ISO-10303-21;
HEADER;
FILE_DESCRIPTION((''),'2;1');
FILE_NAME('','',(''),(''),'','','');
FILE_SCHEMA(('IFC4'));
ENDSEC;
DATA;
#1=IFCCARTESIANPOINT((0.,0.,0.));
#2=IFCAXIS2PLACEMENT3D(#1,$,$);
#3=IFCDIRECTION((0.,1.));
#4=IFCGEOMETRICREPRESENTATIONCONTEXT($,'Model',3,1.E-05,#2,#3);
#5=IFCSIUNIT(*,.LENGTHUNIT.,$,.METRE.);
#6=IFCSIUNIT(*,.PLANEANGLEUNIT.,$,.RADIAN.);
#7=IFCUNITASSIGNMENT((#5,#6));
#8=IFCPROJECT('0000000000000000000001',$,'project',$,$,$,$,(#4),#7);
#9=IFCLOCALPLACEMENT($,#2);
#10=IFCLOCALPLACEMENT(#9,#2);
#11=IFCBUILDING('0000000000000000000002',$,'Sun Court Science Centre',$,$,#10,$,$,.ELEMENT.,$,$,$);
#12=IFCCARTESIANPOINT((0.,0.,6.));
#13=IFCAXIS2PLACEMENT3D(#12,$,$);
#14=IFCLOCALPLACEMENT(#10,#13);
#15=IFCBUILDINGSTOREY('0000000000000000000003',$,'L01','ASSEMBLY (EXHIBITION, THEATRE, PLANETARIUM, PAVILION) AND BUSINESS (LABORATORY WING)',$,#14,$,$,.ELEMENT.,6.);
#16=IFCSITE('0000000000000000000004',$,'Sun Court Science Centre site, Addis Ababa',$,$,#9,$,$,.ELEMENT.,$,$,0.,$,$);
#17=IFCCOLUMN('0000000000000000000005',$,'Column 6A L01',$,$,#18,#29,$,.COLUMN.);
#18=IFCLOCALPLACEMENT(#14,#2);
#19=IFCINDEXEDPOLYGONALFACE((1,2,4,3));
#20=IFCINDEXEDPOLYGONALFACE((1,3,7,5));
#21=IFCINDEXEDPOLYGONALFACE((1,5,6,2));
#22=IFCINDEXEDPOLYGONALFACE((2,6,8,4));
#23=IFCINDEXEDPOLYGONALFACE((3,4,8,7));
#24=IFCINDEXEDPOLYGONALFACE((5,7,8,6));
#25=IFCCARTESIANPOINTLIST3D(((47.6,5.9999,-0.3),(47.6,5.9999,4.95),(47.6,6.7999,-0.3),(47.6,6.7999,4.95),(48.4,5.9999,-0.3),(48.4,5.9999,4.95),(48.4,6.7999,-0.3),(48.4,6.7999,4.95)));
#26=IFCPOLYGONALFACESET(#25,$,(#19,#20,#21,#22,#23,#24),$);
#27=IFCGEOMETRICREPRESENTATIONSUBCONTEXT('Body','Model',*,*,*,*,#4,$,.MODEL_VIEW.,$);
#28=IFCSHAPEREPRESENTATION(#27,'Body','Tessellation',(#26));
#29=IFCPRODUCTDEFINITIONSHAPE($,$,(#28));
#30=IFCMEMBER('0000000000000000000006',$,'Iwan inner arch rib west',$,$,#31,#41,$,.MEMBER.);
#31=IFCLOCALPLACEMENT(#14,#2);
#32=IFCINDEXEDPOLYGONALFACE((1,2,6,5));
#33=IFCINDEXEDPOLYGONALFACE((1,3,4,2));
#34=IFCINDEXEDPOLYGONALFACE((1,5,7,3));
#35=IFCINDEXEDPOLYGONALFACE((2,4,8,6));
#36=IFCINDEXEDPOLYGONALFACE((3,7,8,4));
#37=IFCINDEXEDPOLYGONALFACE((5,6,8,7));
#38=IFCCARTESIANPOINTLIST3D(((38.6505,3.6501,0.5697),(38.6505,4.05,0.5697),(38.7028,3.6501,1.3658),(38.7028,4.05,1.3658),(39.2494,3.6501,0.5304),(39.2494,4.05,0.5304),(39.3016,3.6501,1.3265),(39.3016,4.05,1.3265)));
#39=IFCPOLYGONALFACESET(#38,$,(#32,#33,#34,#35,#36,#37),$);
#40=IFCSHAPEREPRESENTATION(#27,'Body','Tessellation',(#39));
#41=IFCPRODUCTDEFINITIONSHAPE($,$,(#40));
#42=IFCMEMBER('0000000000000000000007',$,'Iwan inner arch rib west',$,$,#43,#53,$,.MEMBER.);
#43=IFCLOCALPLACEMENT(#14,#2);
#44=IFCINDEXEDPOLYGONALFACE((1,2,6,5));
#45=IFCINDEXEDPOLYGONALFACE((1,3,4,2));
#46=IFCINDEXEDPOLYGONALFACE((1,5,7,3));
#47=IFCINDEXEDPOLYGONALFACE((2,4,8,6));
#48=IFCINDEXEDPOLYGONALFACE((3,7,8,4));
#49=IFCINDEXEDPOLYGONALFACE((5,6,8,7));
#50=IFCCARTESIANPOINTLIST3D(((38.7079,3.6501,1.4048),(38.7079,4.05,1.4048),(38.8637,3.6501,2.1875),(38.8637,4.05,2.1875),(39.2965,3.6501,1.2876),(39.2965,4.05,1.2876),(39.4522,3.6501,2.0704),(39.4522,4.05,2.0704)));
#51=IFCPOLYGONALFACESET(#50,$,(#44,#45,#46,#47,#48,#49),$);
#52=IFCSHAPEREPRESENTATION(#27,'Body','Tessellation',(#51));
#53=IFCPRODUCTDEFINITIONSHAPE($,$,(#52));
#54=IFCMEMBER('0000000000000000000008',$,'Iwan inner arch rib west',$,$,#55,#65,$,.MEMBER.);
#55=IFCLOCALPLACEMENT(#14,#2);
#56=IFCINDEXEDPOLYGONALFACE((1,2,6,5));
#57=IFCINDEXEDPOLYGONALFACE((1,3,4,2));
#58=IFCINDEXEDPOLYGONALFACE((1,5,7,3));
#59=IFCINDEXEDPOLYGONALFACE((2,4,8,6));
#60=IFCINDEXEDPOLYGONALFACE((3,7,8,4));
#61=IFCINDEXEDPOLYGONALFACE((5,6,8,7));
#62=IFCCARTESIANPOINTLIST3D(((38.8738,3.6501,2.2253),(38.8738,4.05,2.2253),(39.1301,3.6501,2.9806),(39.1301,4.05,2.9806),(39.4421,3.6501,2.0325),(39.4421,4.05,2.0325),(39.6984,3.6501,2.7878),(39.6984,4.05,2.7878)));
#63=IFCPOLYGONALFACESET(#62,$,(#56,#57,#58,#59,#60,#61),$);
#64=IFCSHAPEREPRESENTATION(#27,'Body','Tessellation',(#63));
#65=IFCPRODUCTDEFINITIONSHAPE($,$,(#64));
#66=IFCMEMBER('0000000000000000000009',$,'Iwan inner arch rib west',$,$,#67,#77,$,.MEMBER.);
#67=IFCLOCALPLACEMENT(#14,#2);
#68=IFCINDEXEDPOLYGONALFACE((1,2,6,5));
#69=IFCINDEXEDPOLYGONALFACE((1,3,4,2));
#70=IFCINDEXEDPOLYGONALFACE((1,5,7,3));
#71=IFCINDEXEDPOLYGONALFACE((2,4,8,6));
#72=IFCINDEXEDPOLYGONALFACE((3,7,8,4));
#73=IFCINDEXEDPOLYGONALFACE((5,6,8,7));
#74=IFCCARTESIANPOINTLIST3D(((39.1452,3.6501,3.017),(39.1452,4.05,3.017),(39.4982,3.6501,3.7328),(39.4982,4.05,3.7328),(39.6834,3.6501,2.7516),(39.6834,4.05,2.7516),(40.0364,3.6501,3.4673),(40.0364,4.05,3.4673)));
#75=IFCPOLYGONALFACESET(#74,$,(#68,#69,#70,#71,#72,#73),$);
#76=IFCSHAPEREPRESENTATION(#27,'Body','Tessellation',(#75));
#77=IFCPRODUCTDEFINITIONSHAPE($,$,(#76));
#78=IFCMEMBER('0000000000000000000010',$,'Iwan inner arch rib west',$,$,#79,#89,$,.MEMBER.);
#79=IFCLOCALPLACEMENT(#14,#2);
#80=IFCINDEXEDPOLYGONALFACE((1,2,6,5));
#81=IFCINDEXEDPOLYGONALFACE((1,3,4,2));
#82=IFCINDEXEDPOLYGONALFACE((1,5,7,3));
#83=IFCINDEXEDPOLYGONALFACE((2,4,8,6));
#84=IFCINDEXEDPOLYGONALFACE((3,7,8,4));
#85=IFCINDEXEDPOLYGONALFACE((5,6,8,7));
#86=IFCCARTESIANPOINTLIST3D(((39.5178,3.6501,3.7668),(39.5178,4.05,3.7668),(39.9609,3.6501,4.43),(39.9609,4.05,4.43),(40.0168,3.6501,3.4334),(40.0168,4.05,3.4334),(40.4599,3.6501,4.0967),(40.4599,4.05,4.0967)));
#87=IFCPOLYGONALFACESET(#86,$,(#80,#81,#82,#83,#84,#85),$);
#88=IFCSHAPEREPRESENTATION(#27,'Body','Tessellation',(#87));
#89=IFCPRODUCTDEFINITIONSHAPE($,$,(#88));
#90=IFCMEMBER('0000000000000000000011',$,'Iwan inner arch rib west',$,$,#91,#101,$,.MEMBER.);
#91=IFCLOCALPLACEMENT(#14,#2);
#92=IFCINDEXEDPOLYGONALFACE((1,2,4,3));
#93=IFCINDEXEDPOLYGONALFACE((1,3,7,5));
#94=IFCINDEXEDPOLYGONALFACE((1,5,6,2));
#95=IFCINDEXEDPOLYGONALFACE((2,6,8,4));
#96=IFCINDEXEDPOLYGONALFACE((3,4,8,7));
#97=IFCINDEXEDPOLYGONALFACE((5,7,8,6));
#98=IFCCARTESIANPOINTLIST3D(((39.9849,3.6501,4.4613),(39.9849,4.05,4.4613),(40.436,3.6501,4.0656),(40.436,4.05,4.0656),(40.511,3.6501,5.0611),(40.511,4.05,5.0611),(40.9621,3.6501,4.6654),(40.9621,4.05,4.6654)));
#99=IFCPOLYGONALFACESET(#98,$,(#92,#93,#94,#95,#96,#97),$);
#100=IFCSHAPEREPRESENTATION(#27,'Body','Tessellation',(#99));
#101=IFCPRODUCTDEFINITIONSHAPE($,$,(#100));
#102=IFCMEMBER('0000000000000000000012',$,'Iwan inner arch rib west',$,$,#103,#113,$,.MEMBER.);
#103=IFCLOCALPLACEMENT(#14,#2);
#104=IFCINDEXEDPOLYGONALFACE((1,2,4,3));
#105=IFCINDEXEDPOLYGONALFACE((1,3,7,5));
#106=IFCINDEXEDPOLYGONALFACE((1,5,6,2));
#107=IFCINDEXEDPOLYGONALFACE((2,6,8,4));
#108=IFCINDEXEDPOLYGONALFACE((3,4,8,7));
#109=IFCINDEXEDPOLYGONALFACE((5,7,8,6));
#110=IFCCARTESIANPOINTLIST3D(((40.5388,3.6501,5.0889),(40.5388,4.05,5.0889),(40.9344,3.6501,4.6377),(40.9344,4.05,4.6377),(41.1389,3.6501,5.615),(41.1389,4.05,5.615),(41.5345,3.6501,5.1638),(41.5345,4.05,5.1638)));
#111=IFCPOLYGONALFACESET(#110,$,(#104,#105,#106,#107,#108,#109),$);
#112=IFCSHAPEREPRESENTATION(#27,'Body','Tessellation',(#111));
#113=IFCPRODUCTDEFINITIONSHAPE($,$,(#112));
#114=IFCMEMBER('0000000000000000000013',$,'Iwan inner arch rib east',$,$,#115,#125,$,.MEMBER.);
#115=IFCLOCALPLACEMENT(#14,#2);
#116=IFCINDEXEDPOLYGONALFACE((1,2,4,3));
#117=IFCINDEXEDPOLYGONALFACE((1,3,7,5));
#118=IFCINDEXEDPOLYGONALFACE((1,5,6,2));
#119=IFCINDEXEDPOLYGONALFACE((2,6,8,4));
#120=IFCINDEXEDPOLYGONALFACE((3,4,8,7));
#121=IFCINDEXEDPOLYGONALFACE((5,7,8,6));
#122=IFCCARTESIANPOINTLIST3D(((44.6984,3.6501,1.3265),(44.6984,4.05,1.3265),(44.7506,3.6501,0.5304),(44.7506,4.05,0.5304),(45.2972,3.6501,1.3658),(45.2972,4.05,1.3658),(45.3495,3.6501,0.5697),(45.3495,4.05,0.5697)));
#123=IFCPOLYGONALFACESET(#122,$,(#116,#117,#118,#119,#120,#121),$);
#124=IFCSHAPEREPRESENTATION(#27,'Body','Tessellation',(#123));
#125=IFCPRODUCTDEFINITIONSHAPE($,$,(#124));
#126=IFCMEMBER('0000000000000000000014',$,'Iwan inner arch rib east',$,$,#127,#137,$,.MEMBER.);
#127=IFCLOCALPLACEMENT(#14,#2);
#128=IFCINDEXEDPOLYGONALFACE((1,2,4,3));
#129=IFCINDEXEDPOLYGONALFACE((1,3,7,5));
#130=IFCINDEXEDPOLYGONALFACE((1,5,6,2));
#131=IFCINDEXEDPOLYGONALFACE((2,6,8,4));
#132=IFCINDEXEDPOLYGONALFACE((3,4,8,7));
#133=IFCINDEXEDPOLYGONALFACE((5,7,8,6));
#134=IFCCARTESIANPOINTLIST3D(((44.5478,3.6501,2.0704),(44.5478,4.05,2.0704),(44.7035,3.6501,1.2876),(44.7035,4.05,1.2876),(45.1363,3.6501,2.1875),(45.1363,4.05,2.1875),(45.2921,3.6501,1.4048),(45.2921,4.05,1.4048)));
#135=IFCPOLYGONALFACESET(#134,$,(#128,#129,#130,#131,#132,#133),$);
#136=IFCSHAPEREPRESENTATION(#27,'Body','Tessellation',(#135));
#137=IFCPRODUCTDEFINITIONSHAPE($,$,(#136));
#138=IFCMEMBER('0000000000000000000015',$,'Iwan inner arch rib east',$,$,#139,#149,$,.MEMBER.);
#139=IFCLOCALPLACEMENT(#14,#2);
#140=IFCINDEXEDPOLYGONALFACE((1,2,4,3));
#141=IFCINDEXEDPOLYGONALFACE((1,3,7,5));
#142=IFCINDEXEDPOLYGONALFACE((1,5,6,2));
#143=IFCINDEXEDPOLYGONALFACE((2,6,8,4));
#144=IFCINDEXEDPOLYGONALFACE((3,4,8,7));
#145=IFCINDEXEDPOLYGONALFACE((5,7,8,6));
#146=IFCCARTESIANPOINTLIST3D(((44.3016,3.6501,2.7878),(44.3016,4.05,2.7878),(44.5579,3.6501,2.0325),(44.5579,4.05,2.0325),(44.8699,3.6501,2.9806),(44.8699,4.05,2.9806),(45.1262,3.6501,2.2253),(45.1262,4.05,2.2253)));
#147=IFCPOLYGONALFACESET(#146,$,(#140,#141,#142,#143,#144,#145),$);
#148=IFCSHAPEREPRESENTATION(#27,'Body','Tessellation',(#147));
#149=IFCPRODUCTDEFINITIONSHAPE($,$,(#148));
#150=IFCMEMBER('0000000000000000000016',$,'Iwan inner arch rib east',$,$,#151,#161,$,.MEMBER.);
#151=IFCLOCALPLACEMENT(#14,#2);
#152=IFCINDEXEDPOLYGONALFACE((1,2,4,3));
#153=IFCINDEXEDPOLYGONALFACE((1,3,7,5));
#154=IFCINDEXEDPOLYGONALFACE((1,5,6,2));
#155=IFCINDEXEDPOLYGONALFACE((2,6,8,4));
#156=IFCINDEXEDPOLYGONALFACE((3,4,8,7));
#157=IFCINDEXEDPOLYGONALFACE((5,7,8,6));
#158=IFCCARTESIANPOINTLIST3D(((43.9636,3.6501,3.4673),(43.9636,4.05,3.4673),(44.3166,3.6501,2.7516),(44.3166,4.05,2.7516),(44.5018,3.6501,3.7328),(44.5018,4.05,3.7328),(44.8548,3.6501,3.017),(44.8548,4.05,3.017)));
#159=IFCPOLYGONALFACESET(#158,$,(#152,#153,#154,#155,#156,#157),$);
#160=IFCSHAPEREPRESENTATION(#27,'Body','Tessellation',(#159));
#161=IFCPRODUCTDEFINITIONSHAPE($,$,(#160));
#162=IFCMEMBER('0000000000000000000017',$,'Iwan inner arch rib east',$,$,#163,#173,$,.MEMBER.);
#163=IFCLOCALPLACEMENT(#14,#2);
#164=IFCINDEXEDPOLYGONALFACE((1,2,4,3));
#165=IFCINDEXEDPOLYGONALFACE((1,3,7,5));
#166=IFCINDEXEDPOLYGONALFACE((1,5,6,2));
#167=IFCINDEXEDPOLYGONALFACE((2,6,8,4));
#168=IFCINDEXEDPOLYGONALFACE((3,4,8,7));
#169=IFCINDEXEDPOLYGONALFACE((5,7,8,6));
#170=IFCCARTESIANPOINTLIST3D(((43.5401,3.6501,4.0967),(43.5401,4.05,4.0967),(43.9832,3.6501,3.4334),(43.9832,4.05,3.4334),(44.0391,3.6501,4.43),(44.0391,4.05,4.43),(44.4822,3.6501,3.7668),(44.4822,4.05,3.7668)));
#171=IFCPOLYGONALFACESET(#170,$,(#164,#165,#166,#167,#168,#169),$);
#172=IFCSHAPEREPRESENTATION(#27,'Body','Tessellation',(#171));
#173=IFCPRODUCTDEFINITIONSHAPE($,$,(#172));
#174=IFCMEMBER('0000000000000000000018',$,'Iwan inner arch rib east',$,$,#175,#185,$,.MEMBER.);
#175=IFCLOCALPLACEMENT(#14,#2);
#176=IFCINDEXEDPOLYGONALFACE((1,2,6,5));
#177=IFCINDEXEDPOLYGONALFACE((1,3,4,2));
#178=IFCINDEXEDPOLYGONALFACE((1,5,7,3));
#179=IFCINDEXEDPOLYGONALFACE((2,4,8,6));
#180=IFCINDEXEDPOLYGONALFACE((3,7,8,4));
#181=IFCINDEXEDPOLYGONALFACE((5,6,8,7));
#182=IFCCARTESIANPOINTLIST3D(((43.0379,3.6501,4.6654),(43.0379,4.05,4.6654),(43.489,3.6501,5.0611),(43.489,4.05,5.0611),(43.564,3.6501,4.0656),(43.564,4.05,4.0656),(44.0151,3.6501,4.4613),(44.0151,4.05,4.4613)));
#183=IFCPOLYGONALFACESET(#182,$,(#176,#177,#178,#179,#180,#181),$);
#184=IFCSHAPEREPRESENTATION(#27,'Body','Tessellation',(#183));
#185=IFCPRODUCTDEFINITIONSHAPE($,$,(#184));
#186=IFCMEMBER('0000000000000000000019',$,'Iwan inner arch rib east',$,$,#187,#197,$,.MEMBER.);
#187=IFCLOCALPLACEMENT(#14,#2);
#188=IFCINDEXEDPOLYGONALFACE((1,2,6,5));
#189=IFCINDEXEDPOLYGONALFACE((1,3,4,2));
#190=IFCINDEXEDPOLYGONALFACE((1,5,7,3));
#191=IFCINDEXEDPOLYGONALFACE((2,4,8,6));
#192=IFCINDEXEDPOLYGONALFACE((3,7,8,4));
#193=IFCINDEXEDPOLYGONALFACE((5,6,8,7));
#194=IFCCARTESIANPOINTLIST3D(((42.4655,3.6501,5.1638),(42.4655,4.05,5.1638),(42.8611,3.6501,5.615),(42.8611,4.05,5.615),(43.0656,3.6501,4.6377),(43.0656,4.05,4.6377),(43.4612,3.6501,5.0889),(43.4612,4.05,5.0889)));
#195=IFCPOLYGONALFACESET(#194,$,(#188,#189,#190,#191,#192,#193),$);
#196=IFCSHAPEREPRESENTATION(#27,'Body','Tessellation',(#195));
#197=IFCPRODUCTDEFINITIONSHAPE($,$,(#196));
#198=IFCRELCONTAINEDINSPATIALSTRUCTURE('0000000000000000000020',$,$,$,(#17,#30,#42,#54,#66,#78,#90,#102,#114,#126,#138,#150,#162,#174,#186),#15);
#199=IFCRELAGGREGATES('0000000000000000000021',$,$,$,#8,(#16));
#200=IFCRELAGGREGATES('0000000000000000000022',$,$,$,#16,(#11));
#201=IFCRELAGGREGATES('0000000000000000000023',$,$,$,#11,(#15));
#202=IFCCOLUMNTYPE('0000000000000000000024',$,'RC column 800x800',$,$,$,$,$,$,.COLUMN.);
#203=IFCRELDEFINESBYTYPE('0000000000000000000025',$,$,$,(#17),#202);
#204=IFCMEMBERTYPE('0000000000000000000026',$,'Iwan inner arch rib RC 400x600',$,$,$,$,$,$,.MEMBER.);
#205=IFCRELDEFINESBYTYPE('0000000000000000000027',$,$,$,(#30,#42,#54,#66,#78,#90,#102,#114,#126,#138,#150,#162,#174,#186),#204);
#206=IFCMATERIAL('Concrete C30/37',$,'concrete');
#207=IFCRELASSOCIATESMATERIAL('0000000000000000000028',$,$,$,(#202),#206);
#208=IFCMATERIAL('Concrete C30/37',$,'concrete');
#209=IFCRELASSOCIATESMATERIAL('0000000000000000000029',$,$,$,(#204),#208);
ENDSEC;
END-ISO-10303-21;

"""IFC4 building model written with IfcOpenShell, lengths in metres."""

from ifc_helpers import new_model, si_unit, direction, frame, origin, origin_2d, place, context, subcontext, project, spatial, rectangle, extrude, material, material_profile, profile_set, type_object, element, save


model = new_model("IFC4")

# Units and contexts
model_context = context("Model", 3, precision=1e-05, world=origin(), true_north=direction((0.0, 1.0)))
body_context = subcontext(model_context, "Body", "Model", "MODEL_VIEW")
ifc_project = project(units=[si_unit("LENGTHUNIT", "METRE"), si_unit("PLANEANGLEUNIT", "RADIAN")], contexts=[model_context])

# Site, building, storey
site_placement = place(None, origin())
site = spatial("IfcSite", under=ifc_project, at=site_placement, Name="Sun Court Science Centre site, Addis Ababa", CompositionType="ELEMENT", RefElevation=0.0)
building_placement = place(site_placement, origin())
building = spatial("IfcBuilding", under=site, at=building_placement, Name="Sun Court Science Centre", CompositionType="ELEMENT")
storey_placement = place(building_placement, frame((0.0, 0.0, 6.0)))
storey = spatial("IfcBuildingStorey", under=building, at=storey_placement, Name="L01", Description="ASSEMBLY (EXHIBITION, THEATRE, PLANETARIUM, PAVILION) AND BUSINESS (LABORATORY WING)", CompositionType="ELEMENT", Elevation=6.0)

# Column
ifc_material_1 = material(Name="Concrete C30/37", Category="concrete")
ifc_material_profile_1 = material_profile(ifc_material_1, rectangle(XDim=0.8, YDim=0.8, at=origin_2d()), Name="RC 800x800")
ifc_profile_set_1 = profile_set([ifc_material_profile_1], Name="Concrete C30/37")
column_type = type_object("IfcColumnType", Name="RC column 800x800", PredefinedType="COLUMN", material=ifc_profile_set_1)
column_placement = place(storey_placement, frame((48.0, 6.3999, -0.3), z_axis=(0.0, 0.0, 1.0), x_axis=(1.0, 0.0, 0.0)))
element("IfcColumn", 1, at=column_placement, inside=storey, type_object=column_type, Name="Column 6A L01", PredefinedType="COLUMN", context=body_context, shape_type="SweptSolid", body=[
    extrude(rectangle(XDim=0.8, YDim=0.8, at=origin_2d()), origin(), (0.0, 0.0, 1.0), 5.25),
])

# Members
ifc_material_2 = material(Name="Concrete C30/37", Category="concrete")
ifc_material_profile_2 = material_profile(ifc_material_2, rectangle(XDim=0.3999, YDim=0.6001, at=origin_2d()), Name="RC 400x600")
ifc_profile_set_2 = profile_set([ifc_material_profile_2], Name="Concrete C30/37")
member_type_1 = type_object("IfcMemberType", Name="Iwan inner arch rib RC 400x600", PredefinedType="MEMBER", material=ifc_profile_set_2)
member_1_placement = place(storey_placement, frame((38.95, 3.8501, 0.55), z_axis=(0.065483, 0.0, 0.997854), x_axis=(0.0, 1.0, 0.0)))
element("IfcMember", 2, at=member_1_placement, inside=storey, type_object=member_type_1, Name="Iwan inner arch rib west", PredefinedType="MEMBER", context=body_context, shape_type="SweptSolid", body=[
    extrude(rectangle(XDim=0.3999, YDim=0.6001, at=origin_2d()), origin(), (0.0, 0.0, 1.0), 0.7979),
])
member_2_placement = place(storey_placement, frame((39.0022, 3.8501, 1.3462), z_axis=(0.195175, 0.0, 0.980768), x_axis=(0.0, 1.0, 0.0)))
element("IfcMember", 3, at=member_2_placement, inside=storey, type_object=member_type_1, Name="Iwan inner arch rib west", PredefinedType="MEMBER", context=body_context, shape_type="SweptSolid", body=[
    extrude(rectangle(XDim=0.3999, YDim=0.6001, at=origin_2d()), origin(), (0.0, 0.0, 1.0), 0.7981),
])
member_3_placement = place(storey_placement, frame((39.158, 3.8501, 2.1289), z_axis=(0.321365, 0.0, 0.946955), x_axis=(0.0, 1.0, 0.0)))
element("IfcMember", 4, at=member_3_placement, inside=storey, type_object=member_type_1, Name="Iwan inner arch rib west", PredefinedType="MEMBER", context=body_context, shape_type="SweptSolid", body=[
    extrude(rectangle(XDim=0.3999, YDim=0.6001, at=origin_2d()), origin(), (0.0, 0.0, 1.0), 0.7976),
])
member_4_placement = place(storey_placement, frame((39.4143, 3.8501, 2.8843), z_axis=(0.442313, 0.0, 0.896861), x_axis=(0.0, 1.0, 0.0)))
element("IfcMember", 5, at=member_4_placement, inside=storey, type_object=member_type_1, Name="Iwan inner arch rib west", PredefinedType="MEMBER", context=body_context, shape_type="SweptSolid", body=[
    extrude(rectangle(XDim=0.3999, YDim=0.6001, at=origin_2d()), origin(), (0.0, 0.0, 1.0), 0.7981),
])
member_5_placement = place(storey_placement, frame((39.7673, 3.8501, 3.6001), z_axis=(0.555477, 0.0, 0.831532), x_axis=(0.0, 1.0, 0.0)))
element("IfcMember", 6, at=member_5_placement, inside=storey, type_object=member_type_1, Name="Iwan inner arch rib west", PredefinedType="MEMBER", context=body_context, shape_type="SweptSolid", body=[
    extrude(rectangle(XDim=0.3999, YDim=0.6001, at=origin_2d()), origin(), (0.0, 0.0, 1.0), 0.7976),
])
member_6_placement = place(storey_placement, frame((40.2104, 3.8501, 4.2634), z_axis=(0.659392, 0.0, 0.751799), x_axis=(0.0, 1.0, 0.0)))
element("IfcMember", 7, at=member_6_placement, inside=storey, type_object=member_type_1, Name="Iwan inner arch rib west", PredefinedType="MEMBER", context=body_context, shape_type="SweptSolid", body=[
    extrude(rectangle(XDim=0.3999, YDim=0.6001, at=origin_2d()), origin(), (0.0, 0.0, 1.0), 0.7979),
])
member_7_placement = place(storey_placement, frame((40.7366, 3.8501, 4.8633), z_axis=(0.751932, 0.0, 0.659241), x_axis=(0.0, 1.0, 0.0)))
element("IfcMember", 8, at=member_7_placement, inside=storey, type_object=member_type_1, Name="Iwan inner arch rib west", PredefinedType="MEMBER", context=body_context, shape_type="SweptSolid", body=[
    extrude(rectangle(XDim=0.3999, YDim=0.6001, at=origin_2d()), origin(), (0.0, 0.0, 1.0), 0.7981),
])
member_8_placement = place(storey_placement, frame((45.05, 3.8501, 0.55), z_axis=(-0.065483, 0.0, 0.997854), x_axis=(0.0, -1.0, 0.0)))
element("IfcMember", 9, at=member_8_placement, inside=storey, type_object=member_type_1, Name="Iwan inner arch rib east", PredefinedType="MEMBER", context=body_context, shape_type="SweptSolid", body=[
    extrude(rectangle(XDim=0.3999, YDim=0.6001, at=origin_2d()), origin(), (0.0, 0.0, 1.0), 0.7979),
])
member_9_placement = place(storey_placement, frame((44.9978, 3.8501, 1.3462), z_axis=(-0.195175, 0.0, 0.980768), x_axis=(0.0, -1.0, 0.0)))
element("IfcMember", 10, at=member_9_placement, inside=storey, type_object=member_type_1, Name="Iwan inner arch rib east", PredefinedType="MEMBER", context=body_context, shape_type="SweptSolid", body=[
    extrude(rectangle(XDim=0.3999, YDim=0.6001, at=origin_2d()), origin(), (0.0, 0.0, 1.0), 0.7981),
])
member_10_placement = place(storey_placement, frame((44.842, 3.8501, 2.1289), z_axis=(-0.321365, 0.0, 0.946955), x_axis=(0.0, -1.0, 0.0)))
element("IfcMember", 11, at=member_10_placement, inside=storey, type_object=member_type_1, Name="Iwan inner arch rib east", PredefinedType="MEMBER", context=body_context, shape_type="SweptSolid", body=[
    extrude(rectangle(XDim=0.3999, YDim=0.6001, at=origin_2d()), origin(), (0.0, 0.0, 1.0), 0.7976),
])
member_11_placement = place(storey_placement, frame((44.5857, 3.8501, 2.8843), z_axis=(-0.442313, 0.0, 0.896861), x_axis=(0.0, -1.0, 0.0)))
element("IfcMember", 12, at=member_11_placement, inside=storey, type_object=member_type_1, Name="Iwan inner arch rib east", PredefinedType="MEMBER", context=body_context, shape_type="SweptSolid", body=[
    extrude(rectangle(XDim=0.3999, YDim=0.6001, at=origin_2d()), origin(), (0.0, 0.0, 1.0), 0.7981),
])
member_12_placement = place(storey_placement, frame((44.2327, 3.8501, 3.6001), z_axis=(-0.555477, 0.0, 0.831532), x_axis=(0.0, -1.0, 0.0)))
element("IfcMember", 13, at=member_12_placement, inside=storey, type_object=member_type_1, Name="Iwan inner arch rib east", PredefinedType="MEMBER", context=body_context, shape_type="SweptSolid", body=[
    extrude(rectangle(XDim=0.3999, YDim=0.6001, at=origin_2d()), origin(), (0.0, 0.0, 1.0), 0.7976),
])
member_13_placement = place(storey_placement, frame((43.7896, 3.8501, 4.2634), z_axis=(-0.659392, 0.0, 0.751799), x_axis=(0.0, -1.0, 0.0)))
element("IfcMember", 14, at=member_13_placement, inside=storey, type_object=member_type_1, Name="Iwan inner arch rib east", PredefinedType="MEMBER", context=body_context, shape_type="SweptSolid", body=[
    extrude(rectangle(XDim=0.3999, YDim=0.6001, at=origin_2d()), origin(), (0.0, 0.0, 1.0), 0.7979),
])
member_14_placement = place(storey_placement, frame((43.2634, 3.8501, 4.8633), z_axis=(-0.751932, 0.0, 0.659241), x_axis=(0.0, -1.0, 0.0)))
element("IfcMember", 15, at=member_14_placement, inside=storey, type_object=member_type_1, Name="Iwan inner arch rib east", PredefinedType="MEMBER", context=body_context, shape_type="SweptSolid", body=[
    extrude(rectangle(XDim=0.3999, YDim=0.6001, at=origin_2d()), origin(), (0.0, 0.0, 1.0), 0.7981),
])

save(model, "model.ifc")
